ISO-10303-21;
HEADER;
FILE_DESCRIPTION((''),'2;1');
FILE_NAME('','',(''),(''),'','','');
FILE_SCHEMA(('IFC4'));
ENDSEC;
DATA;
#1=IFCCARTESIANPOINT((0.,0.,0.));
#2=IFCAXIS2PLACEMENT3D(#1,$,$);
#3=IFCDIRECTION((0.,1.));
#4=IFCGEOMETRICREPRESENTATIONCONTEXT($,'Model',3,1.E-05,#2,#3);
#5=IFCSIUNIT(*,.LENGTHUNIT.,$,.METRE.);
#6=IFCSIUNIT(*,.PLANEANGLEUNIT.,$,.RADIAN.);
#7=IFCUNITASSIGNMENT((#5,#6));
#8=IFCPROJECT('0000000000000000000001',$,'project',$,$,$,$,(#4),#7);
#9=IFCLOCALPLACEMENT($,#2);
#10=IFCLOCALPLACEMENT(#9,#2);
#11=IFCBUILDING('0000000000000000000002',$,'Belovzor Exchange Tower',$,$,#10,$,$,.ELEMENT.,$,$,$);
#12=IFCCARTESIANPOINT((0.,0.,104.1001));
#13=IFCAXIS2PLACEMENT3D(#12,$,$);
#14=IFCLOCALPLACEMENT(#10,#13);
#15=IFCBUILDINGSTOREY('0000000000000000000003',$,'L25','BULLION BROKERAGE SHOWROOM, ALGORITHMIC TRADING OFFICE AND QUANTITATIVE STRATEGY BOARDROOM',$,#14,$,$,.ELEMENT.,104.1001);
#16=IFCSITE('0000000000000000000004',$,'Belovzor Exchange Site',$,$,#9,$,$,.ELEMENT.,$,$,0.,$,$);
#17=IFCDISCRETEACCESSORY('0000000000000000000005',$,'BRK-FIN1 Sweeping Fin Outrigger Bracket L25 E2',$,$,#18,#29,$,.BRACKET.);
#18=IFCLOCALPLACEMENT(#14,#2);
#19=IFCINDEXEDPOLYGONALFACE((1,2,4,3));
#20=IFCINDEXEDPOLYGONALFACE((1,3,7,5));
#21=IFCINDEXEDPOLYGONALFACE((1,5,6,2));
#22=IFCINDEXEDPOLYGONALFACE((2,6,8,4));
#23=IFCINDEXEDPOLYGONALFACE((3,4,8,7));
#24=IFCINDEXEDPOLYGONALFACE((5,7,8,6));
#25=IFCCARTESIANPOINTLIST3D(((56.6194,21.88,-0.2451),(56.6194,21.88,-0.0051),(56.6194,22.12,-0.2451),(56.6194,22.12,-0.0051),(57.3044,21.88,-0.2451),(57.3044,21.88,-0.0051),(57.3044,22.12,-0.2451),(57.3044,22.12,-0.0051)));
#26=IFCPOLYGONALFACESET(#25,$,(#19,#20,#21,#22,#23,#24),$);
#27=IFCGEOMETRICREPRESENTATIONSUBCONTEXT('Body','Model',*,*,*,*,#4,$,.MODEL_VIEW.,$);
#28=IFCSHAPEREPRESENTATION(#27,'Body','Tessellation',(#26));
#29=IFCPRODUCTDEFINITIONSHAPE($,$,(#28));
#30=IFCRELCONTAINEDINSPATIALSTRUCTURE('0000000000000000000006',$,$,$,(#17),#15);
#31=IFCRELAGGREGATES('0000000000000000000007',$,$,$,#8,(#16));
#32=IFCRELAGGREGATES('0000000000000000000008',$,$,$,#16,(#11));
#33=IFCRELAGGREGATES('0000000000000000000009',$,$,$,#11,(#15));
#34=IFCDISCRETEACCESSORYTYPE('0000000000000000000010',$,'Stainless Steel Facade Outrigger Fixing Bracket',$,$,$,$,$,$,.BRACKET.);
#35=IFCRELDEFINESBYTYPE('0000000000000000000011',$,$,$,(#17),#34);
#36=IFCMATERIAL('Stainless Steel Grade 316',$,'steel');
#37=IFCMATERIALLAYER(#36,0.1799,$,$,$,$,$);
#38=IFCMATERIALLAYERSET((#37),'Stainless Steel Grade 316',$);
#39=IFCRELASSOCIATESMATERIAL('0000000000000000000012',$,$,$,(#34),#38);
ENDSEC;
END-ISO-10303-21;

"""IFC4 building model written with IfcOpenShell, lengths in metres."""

from ifc_helpers import new_model, si_unit, direction, frame, origin, origin_2d, place, context, subcontext, project, spatial, rectangle, extrude, material, layer, layer_set, type_object, element, save


model = new_model("IFC4")

# Units and contexts
model_context = context("Model", 3, precision=1e-05, world=origin(), true_north=direction((0.0, 1.0)))
body_context = subcontext(model_context, "Body", "Model", "MODEL_VIEW")
ifc_project = project(units=[si_unit("LENGTHUNIT", "METRE"), si_unit("PLANEANGLEUNIT", "RADIAN")], contexts=[model_context])

# Site, building, storey
site_placement = place(None, origin())
site = spatial("IfcSite", under=ifc_project, at=site_placement, Name="Belovzor Exchange Site", CompositionType="ELEMENT", RefElevation=0.0)
building_placement = place(site_placement, origin())
building = spatial("IfcBuilding", under=site, at=building_placement, Name="Belovzor Exchange Tower", CompositionType="ELEMENT")
storey_placement = place(building_placement, frame((0.0, 0.0, 104.1001)))
storey = spatial("IfcBuildingStorey", under=building, at=storey_placement, Name="L25", Description="BULLION BROKERAGE SHOWROOM, ALGORITHMIC TRADING OFFICE AND QUANTITATIVE STRATEGY BOARDROOM", CompositionType="ELEMENT", Elevation=104.1001)

# Discrete accessory
ifc_material_1 = material(Name="Stainless Steel Grade 316", Category="steel")
ifc_layer_1 = layer(ifc_material_1, 0.1799)
ifc_layer_set_1 = layer_set([ifc_layer_1], Name="Stainless Steel Grade 316")
discrete_accessory_type = type_object("IfcDiscreteAccessoryType", Name="Stainless Steel Facade Outrigger Fixing Bracket", PredefinedType="BRACKET", material=ifc_layer_set_1)
discrete_accessory_placement = place(storey_placement, frame((56.9619, 22.0, -0.2451), z_axis=(0.0, 0.0, 1.0), x_axis=(1.0, 0.0, 0.0)))
element("IfcDiscreteAccessory", 1, at=discrete_accessory_placement, inside=storey, type_object=discrete_accessory_type, Name="BRK-FIN1 Sweeping Fin Outrigger Bracket L25 E2", PredefinedType="BRACKET", context=body_context, shape_type="SweptSolid", body=[
    extrude(rectangle(XDim=0.6851, YDim=0.24, at=origin_2d()), origin(), (0.0, 0.0, 1.0), 0.24),
])

save(model, "model.ifc")
